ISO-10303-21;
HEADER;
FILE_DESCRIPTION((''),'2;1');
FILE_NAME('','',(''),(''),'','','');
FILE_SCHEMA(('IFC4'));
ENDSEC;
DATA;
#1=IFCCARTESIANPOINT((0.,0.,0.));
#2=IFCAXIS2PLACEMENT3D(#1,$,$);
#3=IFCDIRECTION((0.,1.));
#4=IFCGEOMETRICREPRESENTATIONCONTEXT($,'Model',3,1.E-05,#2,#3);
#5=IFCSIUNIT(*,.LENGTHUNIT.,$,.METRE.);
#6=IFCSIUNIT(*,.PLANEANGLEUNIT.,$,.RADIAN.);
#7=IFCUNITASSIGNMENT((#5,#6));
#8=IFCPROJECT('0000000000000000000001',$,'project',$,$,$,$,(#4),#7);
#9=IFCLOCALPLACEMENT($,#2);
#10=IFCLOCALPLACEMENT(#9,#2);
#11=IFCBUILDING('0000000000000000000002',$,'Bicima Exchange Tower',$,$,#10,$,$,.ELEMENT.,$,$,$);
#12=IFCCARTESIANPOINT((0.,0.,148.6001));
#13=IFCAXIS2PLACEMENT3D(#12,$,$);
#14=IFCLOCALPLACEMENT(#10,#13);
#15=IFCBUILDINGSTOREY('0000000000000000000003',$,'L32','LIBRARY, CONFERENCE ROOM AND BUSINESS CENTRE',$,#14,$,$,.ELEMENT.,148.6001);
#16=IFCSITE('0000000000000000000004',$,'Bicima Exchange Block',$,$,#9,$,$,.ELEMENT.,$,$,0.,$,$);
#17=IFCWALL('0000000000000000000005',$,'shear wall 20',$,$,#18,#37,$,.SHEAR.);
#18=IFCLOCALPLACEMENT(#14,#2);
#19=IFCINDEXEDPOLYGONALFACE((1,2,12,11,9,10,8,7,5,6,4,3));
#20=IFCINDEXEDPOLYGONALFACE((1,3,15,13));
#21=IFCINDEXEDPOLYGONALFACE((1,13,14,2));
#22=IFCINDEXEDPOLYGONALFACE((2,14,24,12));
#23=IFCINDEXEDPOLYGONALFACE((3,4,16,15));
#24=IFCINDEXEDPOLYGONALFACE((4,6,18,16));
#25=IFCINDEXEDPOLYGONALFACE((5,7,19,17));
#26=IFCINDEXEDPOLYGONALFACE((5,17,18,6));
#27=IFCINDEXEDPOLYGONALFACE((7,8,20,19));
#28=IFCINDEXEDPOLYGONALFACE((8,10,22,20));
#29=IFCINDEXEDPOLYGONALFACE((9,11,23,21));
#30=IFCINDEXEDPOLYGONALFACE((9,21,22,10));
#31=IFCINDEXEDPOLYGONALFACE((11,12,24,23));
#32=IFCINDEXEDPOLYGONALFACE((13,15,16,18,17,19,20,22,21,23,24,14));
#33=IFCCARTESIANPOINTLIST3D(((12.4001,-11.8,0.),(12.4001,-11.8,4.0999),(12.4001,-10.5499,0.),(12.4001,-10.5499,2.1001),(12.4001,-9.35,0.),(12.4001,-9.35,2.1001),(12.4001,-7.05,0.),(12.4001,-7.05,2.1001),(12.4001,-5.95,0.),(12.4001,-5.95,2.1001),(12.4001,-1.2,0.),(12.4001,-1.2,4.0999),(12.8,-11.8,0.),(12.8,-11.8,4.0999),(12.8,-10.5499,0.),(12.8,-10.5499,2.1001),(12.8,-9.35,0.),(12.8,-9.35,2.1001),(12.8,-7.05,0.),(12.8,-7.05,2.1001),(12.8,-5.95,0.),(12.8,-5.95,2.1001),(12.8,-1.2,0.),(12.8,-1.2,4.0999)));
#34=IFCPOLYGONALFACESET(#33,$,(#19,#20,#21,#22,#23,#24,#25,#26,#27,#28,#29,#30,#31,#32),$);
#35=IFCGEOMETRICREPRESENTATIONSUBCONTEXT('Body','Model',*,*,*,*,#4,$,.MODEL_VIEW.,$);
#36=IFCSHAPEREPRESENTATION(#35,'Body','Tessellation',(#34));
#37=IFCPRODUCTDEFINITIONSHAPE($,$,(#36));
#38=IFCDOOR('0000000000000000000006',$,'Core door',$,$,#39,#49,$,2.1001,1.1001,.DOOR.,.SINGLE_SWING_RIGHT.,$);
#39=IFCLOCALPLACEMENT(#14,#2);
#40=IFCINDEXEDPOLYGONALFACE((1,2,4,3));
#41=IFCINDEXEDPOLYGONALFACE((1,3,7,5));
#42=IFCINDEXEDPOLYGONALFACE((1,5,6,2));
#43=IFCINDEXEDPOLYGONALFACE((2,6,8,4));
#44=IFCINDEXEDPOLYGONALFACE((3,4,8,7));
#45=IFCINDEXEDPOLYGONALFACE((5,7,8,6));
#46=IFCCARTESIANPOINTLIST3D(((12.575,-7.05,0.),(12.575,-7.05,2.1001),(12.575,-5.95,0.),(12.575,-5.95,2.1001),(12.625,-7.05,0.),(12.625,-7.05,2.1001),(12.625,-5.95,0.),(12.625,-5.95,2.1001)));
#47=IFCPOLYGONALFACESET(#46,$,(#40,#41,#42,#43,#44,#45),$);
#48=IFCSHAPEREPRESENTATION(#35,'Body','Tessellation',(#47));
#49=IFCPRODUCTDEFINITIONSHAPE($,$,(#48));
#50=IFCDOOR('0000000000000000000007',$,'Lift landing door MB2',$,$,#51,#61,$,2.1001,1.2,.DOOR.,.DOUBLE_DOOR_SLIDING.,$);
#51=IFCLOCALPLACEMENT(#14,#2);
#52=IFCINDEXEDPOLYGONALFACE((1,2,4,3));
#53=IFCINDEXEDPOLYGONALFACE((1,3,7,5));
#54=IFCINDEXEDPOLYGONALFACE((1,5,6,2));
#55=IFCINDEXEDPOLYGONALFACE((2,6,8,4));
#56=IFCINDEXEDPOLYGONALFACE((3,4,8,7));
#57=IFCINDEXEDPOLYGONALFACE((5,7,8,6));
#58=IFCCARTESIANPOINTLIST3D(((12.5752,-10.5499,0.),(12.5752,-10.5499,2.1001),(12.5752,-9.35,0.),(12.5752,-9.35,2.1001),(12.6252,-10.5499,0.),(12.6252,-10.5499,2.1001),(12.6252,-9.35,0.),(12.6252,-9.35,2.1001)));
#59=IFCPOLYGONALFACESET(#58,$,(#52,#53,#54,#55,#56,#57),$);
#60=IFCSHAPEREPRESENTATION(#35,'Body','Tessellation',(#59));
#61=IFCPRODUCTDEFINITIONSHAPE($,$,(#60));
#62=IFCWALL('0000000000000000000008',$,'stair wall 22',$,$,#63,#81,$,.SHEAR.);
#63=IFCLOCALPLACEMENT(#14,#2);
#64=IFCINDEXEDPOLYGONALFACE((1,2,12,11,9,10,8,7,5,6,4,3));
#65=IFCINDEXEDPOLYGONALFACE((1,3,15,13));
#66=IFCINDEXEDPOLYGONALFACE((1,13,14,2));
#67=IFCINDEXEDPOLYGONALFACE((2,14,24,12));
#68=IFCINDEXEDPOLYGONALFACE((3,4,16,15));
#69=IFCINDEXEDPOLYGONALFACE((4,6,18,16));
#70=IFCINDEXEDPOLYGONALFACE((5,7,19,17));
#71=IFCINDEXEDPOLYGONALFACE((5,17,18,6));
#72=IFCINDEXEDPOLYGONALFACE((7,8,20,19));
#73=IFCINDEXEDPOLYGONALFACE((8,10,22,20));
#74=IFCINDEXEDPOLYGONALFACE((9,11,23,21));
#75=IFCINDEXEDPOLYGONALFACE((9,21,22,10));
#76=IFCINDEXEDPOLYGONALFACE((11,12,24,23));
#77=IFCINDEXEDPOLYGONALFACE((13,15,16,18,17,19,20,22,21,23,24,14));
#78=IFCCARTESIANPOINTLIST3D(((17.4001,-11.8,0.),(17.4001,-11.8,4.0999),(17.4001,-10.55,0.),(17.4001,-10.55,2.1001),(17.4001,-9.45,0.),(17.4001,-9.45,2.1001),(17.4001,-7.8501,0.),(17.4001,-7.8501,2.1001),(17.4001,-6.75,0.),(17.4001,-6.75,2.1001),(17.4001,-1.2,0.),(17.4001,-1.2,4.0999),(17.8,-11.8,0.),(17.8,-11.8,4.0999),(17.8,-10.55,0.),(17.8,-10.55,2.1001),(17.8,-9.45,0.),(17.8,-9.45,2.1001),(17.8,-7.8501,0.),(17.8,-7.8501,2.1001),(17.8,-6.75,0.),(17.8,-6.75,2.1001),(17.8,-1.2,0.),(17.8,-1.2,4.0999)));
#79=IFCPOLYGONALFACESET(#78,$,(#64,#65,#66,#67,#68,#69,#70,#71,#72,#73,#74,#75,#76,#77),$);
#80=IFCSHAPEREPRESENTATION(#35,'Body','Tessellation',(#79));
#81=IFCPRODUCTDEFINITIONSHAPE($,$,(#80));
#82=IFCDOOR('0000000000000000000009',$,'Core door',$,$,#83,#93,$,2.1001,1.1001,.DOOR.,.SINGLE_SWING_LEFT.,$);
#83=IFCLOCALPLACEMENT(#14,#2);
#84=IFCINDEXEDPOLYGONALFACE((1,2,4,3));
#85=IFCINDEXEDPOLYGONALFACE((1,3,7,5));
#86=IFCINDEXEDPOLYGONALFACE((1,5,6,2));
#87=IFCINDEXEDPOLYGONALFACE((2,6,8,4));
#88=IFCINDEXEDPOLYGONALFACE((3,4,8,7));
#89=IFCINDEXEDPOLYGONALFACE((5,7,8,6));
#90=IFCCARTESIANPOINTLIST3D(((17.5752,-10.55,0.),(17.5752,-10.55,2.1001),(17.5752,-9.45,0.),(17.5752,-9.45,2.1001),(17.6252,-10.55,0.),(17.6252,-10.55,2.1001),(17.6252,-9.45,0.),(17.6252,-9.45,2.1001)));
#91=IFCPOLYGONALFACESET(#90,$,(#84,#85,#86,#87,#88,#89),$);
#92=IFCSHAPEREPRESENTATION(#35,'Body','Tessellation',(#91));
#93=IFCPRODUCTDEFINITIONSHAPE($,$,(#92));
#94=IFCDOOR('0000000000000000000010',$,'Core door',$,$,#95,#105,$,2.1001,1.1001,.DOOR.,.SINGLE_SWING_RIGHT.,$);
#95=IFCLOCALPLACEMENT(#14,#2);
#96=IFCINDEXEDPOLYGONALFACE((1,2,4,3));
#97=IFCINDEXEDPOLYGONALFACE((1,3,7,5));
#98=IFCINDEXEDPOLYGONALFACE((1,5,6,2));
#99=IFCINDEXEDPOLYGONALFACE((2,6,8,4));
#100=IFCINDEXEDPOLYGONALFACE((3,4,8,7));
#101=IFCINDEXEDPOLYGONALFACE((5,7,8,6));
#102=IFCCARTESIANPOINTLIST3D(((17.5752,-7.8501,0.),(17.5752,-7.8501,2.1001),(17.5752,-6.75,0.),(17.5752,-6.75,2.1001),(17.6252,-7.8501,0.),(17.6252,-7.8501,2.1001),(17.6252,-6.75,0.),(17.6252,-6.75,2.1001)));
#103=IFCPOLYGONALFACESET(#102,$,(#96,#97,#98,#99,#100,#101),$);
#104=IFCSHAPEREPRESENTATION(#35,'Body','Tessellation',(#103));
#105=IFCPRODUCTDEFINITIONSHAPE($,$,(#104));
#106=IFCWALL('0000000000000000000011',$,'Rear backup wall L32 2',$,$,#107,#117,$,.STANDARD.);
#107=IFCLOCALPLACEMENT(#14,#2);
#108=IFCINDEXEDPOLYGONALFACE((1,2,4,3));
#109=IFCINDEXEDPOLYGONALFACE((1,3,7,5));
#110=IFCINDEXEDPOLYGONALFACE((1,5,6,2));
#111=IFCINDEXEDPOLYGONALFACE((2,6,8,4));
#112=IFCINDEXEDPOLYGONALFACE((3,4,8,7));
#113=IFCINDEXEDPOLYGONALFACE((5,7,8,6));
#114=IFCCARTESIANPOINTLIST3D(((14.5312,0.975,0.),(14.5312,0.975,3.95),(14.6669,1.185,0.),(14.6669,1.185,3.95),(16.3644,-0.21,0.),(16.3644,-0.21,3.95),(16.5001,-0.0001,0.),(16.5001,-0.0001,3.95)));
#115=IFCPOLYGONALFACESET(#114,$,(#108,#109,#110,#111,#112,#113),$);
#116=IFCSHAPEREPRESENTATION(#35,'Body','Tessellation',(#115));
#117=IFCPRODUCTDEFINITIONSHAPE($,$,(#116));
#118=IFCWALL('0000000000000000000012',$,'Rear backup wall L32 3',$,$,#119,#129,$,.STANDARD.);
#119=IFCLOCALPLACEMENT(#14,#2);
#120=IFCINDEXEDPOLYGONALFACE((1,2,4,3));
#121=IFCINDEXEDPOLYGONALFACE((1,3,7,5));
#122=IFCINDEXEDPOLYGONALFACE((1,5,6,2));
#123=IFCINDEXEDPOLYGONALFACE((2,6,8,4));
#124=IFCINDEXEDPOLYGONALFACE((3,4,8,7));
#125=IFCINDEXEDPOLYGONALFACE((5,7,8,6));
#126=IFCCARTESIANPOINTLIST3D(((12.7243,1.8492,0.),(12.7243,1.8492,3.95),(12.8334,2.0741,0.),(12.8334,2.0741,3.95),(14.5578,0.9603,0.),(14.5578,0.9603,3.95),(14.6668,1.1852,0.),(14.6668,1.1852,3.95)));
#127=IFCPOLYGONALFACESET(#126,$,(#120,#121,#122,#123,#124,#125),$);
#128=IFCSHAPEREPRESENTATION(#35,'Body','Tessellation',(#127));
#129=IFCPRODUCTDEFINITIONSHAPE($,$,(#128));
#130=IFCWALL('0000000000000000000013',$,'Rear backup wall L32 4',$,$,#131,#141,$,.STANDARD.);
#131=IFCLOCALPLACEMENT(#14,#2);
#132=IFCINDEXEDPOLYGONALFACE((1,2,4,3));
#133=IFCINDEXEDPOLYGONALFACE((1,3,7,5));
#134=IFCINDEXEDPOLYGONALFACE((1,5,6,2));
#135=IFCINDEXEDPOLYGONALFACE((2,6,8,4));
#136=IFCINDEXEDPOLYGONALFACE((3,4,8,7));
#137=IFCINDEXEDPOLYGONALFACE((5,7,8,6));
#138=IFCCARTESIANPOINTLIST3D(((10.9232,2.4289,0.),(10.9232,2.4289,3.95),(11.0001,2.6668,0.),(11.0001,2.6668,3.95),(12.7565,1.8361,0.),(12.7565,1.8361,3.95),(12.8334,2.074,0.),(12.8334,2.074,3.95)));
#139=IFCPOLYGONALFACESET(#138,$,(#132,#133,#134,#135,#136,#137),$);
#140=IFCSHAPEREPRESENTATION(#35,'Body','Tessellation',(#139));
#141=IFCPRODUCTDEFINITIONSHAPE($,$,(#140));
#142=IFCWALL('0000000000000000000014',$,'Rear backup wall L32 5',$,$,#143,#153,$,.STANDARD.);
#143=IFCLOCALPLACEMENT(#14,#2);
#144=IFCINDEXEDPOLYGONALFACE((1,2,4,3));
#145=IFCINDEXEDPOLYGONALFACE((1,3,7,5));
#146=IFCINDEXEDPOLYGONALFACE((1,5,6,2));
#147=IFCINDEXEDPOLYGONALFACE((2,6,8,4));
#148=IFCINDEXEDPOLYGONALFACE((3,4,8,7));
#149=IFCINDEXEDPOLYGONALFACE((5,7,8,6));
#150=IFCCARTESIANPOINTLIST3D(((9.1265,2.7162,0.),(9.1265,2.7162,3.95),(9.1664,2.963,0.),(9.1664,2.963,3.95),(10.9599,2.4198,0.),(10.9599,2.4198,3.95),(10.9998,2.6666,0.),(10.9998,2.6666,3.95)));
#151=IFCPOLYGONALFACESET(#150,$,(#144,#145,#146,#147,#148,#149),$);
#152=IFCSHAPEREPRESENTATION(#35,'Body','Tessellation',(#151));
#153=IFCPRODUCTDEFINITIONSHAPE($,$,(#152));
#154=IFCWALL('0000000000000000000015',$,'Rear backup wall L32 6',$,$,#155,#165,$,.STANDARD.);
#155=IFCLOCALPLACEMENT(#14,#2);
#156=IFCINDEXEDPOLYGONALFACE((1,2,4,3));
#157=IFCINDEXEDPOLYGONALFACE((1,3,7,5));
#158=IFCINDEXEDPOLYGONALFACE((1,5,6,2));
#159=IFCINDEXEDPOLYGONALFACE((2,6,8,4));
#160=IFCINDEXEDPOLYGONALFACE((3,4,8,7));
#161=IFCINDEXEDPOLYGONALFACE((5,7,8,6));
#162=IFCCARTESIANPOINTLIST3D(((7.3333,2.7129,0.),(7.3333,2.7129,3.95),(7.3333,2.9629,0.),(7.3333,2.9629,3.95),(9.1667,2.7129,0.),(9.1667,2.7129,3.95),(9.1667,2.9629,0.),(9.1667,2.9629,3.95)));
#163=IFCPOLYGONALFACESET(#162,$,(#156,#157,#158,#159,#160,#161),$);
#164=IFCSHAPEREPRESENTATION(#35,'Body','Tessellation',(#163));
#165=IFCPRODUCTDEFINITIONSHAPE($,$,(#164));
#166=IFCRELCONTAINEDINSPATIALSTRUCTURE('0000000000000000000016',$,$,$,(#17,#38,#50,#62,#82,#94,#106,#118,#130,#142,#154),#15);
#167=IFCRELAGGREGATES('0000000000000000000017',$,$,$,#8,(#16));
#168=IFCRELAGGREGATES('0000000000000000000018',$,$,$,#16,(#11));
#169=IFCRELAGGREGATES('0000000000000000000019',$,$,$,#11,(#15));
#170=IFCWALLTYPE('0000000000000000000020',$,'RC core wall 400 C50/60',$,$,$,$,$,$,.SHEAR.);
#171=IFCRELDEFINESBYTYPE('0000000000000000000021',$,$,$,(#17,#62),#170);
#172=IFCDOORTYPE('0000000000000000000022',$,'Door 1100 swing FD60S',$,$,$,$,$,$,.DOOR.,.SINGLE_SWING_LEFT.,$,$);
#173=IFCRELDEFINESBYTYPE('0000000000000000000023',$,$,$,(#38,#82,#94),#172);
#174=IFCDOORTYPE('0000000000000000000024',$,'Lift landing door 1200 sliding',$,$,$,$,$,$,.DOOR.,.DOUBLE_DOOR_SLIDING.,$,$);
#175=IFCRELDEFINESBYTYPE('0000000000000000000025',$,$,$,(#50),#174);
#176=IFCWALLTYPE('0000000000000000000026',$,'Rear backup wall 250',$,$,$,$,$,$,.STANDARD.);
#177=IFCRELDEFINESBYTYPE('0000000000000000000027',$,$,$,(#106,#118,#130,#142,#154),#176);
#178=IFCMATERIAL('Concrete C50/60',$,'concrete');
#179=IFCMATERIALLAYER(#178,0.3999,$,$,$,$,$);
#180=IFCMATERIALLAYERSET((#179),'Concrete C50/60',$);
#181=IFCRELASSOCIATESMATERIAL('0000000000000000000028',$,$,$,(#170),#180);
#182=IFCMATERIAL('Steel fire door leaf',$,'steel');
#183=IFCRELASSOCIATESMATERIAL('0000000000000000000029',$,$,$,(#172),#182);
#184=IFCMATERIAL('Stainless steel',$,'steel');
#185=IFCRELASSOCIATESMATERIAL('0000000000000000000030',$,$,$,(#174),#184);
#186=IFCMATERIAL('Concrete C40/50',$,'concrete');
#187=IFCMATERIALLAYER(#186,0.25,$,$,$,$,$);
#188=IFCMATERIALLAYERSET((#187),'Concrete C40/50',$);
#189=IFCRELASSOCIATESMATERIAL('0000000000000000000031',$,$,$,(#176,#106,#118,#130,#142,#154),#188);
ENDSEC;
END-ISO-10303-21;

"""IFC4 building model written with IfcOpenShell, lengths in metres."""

from ifc_helpers import new_model, si_unit, direction, frame, frame_2d, origin, place, context, subcontext, project, spatial, rectangle, extrude, material, layer, layer_set, layer_usage, type_object, element, fill, save


model = new_model("IFC4")

# Units and contexts
model_context = context("Model", 3, precision=1e-05, world=origin(), true_north=direction((0.0, 1.0)))
body_context = subcontext(model_context, "Body", "Model", "MODEL_VIEW")
ifc_project = project(units=[si_unit("LENGTHUNIT", "METRE"), si_unit("PLANEANGLEUNIT", "RADIAN")], contexts=[model_context])

# Site, building, storey
site_placement = place(None, origin())
site = spatial("IfcSite", under=ifc_project, at=site_placement, Name="Bicima Exchange Block", CompositionType="ELEMENT", RefElevation=0.0)
building_placement = place(site_placement, origin())
building = spatial("IfcBuilding", under=site, at=building_placement, Name="Bicima Exchange Tower", CompositionType="ELEMENT")
storey_placement = place(building_placement, frame((0.0, 0.0, 148.6001)))
storey = spatial("IfcBuildingStorey", under=building, at=storey_placement, Name="L32", Description="LIBRARY, CONFERENCE ROOM AND BUSINESS CENTRE", CompositionType="ELEMENT", Elevation=148.6001)

# Shared definitions
ifc_material_1 = material(Name="Concrete C50/60", Category="concrete")
ifc_layer_1 = layer(ifc_material_1, 0.3999)
ifc_layer_set_1 = layer_set([ifc_layer_1], Name="Concrete C50/60")
wall_type_1 = type_object("IfcWallType", Name="RC core wall 400 C50/60", PredefinedType="SHEAR", material=ifc_layer_set_1)
ifc_material_2 = material(Name="Steel fire door leaf", Category="steel")

# Walls, openings, doors
wall_1_placement = place(storey_placement, frame((12.6001, -11.8, 0.0), z_axis=(0.0, 0.0, 1.0), x_axis=(0.0, 1.0, 0.0)))
wall_1 = element("IfcWall", 1, at=wall_1_placement, inside=storey, type_object=wall_type_1, Name="shear wall 20", PredefinedType="SHEAR", context=body_context, shape_type="SweptSolid", body=[
    extrude(rectangle(XDim=10.6001, YDim=0.3999, at=frame_2d((5.3, 0.0))), origin(), (0.0, 0.0, 1.0), 4.0999),
])
opening_1_placement = place(wall_1_placement, frame((1.25, 0.0, 0.0)))
opening_1 = element("IfcOpeningElement", 2, at=opening_1_placement, cuts=wall_1, PredefinedType="OPENING", context=body_context, shape_type="SweptSolid", body=[
    extrude(rectangle(XDim=1.2, YDim=2.1001, at=frame_2d((0.6001, 1.05))), frame((0.0, 0.2119, 0.0), z_axis=(0.0, -1.0, 0.0), x_axis=(1.0, 0.0, 0.0)), (0.0, 0.0, 1.0), 0.4238),
])
opening_2_placement = place(wall_1_placement, frame((4.75, 0.0, 0.0)))
opening_2 = element("IfcOpeningElement", 3, at=opening_2_placement, cuts=wall_1, PredefinedType="OPENING", context=body_context, shape_type="SweptSolid", body=[
    extrude(rectangle(XDim=1.1001, YDim=2.1001, at=frame_2d((0.55, 1.05))), frame((0.0, 0.2119, 0.0), z_axis=(0.0, -1.0, 0.0), x_axis=(1.0, 0.0, 0.0)), (0.0, 0.0, 1.0), 0.4238),
])
door_type_1 = type_object("IfcDoorType", Name="Door 1100 swing FD60S", OperationType="SINGLE_SWING_LEFT", PredefinedType="DOOR", material=ifc_material_2)
door_1_placement = place(opening_2_placement, frame((1.1001, 0.0, 0.0), z_axis=(0.0, 0.0, 1.0), x_axis=(-1.0, 0.0, 0.0)))
door_1 = element("IfcDoor", 4, at=door_1_placement, inside=storey, type_object=door_type_1, Name="Core door", OperationType="SINGLE_SWING_RIGHT", OverallHeight=2.1001, OverallWidth=1.1001, PredefinedType="DOOR", context=body_context, shape_type="SweptSolid", body=[
    extrude(rectangle(XDim=1.1001, YDim=2.1001, at=frame_2d((0.55, 1.05))), frame((0.0, 0.0249, 0.0), z_axis=(0.0, -1.0, 0.0), x_axis=(1.0, 0.0, 0.0)), (0.0, 0.0, 1.0), 0.05),
])
fill(opening_2, door_1)
ifc_material_3 = material(Name="Stainless steel", Category="steel")
door_type_2 = type_object("IfcDoorType", Name="Lift landing door 1200 sliding", OperationType="DOUBLE_DOOR_SLIDING", PredefinedType="DOOR", material=ifc_material_3)
door_2_placement = place(opening_1_placement, origin())
door_2 = element("IfcDoor", 5, at=door_2_placement, inside=storey, type_object=door_type_2, Name="Lift landing door MB2", OperationType="DOUBLE_DOOR_SLIDING", OverallHeight=2.1001, OverallWidth=1.2, PredefinedType="DOOR", context=body_context, shape_type="SweptSolid", body=[
    extrude(rectangle(XDim=1.2, YDim=2.1001, at=frame_2d((0.6001, 1.05))), frame((0.0, 0.0249, 0.0), z_axis=(0.0, -1.0, 0.0), x_axis=(1.0, 0.0, 0.0)), (0.0, 0.0, 1.0), 0.05),
])
fill(opening_1, door_2)
wall_2_placement = place(storey_placement, frame((17.6001, -11.8, 0.0), z_axis=(0.0, 0.0, 1.0), x_axis=(0.0, 1.0, 0.0)))
wall_2 = element("IfcWall", 6, at=wall_2_placement, inside=storey, type_object=wall_type_1, Name="stair wall 22", PredefinedType="SHEAR", context=body_context, shape_type="SweptSolid", body=[
    extrude(rectangle(XDim=10.6001, YDim=0.3999, at=frame_2d((5.3, 0.0))), origin(), (0.0, 0.0, 1.0), 4.0999),
])
opening_3_placement = place(wall_2_placement, frame((1.25, 0.0, 0.0)))
opening_3 = element("IfcOpeningElement", 7, at=opening_3_placement, cuts=wall_2, PredefinedType="OPENING", context=body_context, shape_type="SweptSolid", body=[
    extrude(rectangle(XDim=1.1001, YDim=2.1001, at=frame_2d((0.55, 1.05))), frame((0.0, 0.2119, 0.0), z_axis=(0.0, -1.0, 0.0), x_axis=(1.0, 0.0, 0.0)), (0.0, 0.0, 1.0), 0.4238),
])
opening_4_placement = place(wall_2_placement, frame((3.95, 0.0, 0.0)))
opening_4 = element("IfcOpeningElement", 8, at=opening_4_placement, cuts=wall_2, PredefinedType="OPENING", context=body_context, shape_type="SweptSolid", body=[
    extrude(rectangle(XDim=1.1001, YDim=2.1001, at=frame_2d((0.55, 1.05))), frame((0.0, 0.2119, 0.0), z_axis=(0.0, -1.0, 0.0), x_axis=(1.0, 0.0, 0.0)), (0.0, 0.0, 1.0), 0.4238),
])
door_3_placement = place(opening_3_placement, origin())
door_3 = element("IfcDoor", 9, at=door_3_placement, inside=storey, type_object=door_type_1, Name="Core door", OperationType="SINGLE_SWING_LEFT", OverallHeight=2.1001, OverallWidth=1.1001, PredefinedType="DOOR", context=body_context, shape_type="SweptSolid", body=[
    extrude(rectangle(XDim=1.1001, YDim=2.1001, at=frame_2d((0.55, 1.05))), frame((0.0, 0.0249, 0.0), z_axis=(0.0, -1.0, 0.0), x_axis=(1.0, 0.0, 0.0)), (0.0, 0.0, 1.0), 0.05),
])
fill(opening_3, door_3)
door_4_placement = place(opening_4_placement, origin())
door_4 = element("IfcDoor", 10, at=door_4_placement, inside=storey, type_object=door_type_1, Name="Core door", OperationType="SINGLE_SWING_RIGHT", OverallHeight=2.1001, OverallWidth=1.1001, PredefinedType="DOOR", context=body_context, shape_type="SweptSolid", body=[
    extrude(rectangle(XDim=1.1001, YDim=2.1001, at=frame_2d((0.55, 1.05))), frame((0.0, 0.0249, 0.0), z_axis=(0.0, -1.0, 0.0), x_axis=(1.0, 0.0, 0.0)), (0.0, 0.0, 1.0), 0.05),
])
fill(opening_4, door_4)

# Walls
ifc_material_4 = material(Name="Concrete C40/50", Category="concrete")
ifc_layer_2 = layer(ifc_material_4, 0.25)
ifc_layer_set_2 = layer_set([ifc_layer_2], Name="Concrete C40/50")
ifc_layer_usage = layer_usage(ifc_layer_set_2, "AXIS2", "POSITIVE", -0.125)
wall_type_2 = type_object("IfcWallType", Name="Rear backup wall 250", PredefinedType="STANDARD", material=ifc_layer_set_2)
wall_3_placement = place(storey_placement, frame((16.4321, -0.105, 0.0), z_axis=(0.0, 0.0, 1.0), x_axis=(-0.839813, 0.542876, 0.0)))
element("IfcWall", 11, at=wall_3_placement, inside=storey, type_object=wall_type_2, material=ifc_layer_usage, Name="Rear backup wall L32 2", PredefinedType="STANDARD", context=body_context, shape_type="SweptSolid", body=[
    extrude(rectangle(XDim=2.1829, YDim=0.25, at=frame_2d((1.0913, 0.0))), origin(), (0.0, 0.0, 1.0), 3.95),
])
wall_4_placement = place(storey_placement, frame((14.6123, 1.0728, 0.0), z_axis=(0.0, 0.0, 1.0), x_axis=(-0.899824, 0.436253, 0.0)))
element("IfcWall", 12, at=wall_4_placement, inside=storey, type_object=wall_type_2, material=ifc_layer_usage, Name="Rear backup wall L32 3", PredefinedType="STANDARD", context=body_context, shape_type="SweptSolid", body=[
    extrude(rectangle(XDim=2.0376, YDim=0.25, at=frame_2d((1.0188, 0.0))), origin(), (0.0, 0.0, 1.0), 3.95),
])
wall_5_placement = place(storey_placement, frame((12.7949, 1.9551, 0.0), z_axis=(0.0, 0.0, 1.0), x_axis=(-0.951496, 0.307662, 0.0)))
element("IfcWall", 13, at=wall_5_placement, inside=storey, type_object=wall_type_2, material=ifc_layer_usage, Name="Rear backup wall L32 4", PredefinedType="STANDARD", context=body_context, shape_type="SweptSolid", body=[
    extrude(rectangle(XDim=1.9268, YDim=0.25, at=frame_2d((0.9634, 0.0))), origin(), (0.0, 0.0, 1.0), 3.95),
])
wall_6_placement = place(storey_placement, frame((10.98, 2.5432, 0.0), z_axis=(0.0, 0.0, 1.0), x_axis=(-0.987182, 0.1596, 0.0)))
element("IfcWall", 14, at=wall_6_placement, inside=storey, type_object=wall_type_2, material=ifc_layer_usage, Name="Rear backup wall L32 5", PredefinedType="STANDARD", context=body_context, shape_type="SweptSolid", body=[
    extrude(rectangle(XDim=1.8572, YDim=0.25, at=frame_2d((0.9287, 0.0))), origin(), (0.0, 0.0, 1.0), 3.95),
])
wall_7_placement = place(storey_placement, frame((9.1667, 2.8379, 0.0), z_axis=(0.0, 0.0, 1.0), x_axis=(-1.0, 0.0, 0.0)))
element("IfcWall", 15, at=wall_7_placement, inside=storey, type_object=wall_type_2, material=ifc_layer_usage, Name="Rear backup wall L32 6", PredefinedType="STANDARD", context=body_context, shape_type="SweptSolid", body=[
    extrude(rectangle(XDim=1.8335, YDim=0.25, at=frame_2d((0.9167, 0.0))), origin(), (0.0, 0.0, 1.0), 3.95),
])

save(model, "model.ifc")
